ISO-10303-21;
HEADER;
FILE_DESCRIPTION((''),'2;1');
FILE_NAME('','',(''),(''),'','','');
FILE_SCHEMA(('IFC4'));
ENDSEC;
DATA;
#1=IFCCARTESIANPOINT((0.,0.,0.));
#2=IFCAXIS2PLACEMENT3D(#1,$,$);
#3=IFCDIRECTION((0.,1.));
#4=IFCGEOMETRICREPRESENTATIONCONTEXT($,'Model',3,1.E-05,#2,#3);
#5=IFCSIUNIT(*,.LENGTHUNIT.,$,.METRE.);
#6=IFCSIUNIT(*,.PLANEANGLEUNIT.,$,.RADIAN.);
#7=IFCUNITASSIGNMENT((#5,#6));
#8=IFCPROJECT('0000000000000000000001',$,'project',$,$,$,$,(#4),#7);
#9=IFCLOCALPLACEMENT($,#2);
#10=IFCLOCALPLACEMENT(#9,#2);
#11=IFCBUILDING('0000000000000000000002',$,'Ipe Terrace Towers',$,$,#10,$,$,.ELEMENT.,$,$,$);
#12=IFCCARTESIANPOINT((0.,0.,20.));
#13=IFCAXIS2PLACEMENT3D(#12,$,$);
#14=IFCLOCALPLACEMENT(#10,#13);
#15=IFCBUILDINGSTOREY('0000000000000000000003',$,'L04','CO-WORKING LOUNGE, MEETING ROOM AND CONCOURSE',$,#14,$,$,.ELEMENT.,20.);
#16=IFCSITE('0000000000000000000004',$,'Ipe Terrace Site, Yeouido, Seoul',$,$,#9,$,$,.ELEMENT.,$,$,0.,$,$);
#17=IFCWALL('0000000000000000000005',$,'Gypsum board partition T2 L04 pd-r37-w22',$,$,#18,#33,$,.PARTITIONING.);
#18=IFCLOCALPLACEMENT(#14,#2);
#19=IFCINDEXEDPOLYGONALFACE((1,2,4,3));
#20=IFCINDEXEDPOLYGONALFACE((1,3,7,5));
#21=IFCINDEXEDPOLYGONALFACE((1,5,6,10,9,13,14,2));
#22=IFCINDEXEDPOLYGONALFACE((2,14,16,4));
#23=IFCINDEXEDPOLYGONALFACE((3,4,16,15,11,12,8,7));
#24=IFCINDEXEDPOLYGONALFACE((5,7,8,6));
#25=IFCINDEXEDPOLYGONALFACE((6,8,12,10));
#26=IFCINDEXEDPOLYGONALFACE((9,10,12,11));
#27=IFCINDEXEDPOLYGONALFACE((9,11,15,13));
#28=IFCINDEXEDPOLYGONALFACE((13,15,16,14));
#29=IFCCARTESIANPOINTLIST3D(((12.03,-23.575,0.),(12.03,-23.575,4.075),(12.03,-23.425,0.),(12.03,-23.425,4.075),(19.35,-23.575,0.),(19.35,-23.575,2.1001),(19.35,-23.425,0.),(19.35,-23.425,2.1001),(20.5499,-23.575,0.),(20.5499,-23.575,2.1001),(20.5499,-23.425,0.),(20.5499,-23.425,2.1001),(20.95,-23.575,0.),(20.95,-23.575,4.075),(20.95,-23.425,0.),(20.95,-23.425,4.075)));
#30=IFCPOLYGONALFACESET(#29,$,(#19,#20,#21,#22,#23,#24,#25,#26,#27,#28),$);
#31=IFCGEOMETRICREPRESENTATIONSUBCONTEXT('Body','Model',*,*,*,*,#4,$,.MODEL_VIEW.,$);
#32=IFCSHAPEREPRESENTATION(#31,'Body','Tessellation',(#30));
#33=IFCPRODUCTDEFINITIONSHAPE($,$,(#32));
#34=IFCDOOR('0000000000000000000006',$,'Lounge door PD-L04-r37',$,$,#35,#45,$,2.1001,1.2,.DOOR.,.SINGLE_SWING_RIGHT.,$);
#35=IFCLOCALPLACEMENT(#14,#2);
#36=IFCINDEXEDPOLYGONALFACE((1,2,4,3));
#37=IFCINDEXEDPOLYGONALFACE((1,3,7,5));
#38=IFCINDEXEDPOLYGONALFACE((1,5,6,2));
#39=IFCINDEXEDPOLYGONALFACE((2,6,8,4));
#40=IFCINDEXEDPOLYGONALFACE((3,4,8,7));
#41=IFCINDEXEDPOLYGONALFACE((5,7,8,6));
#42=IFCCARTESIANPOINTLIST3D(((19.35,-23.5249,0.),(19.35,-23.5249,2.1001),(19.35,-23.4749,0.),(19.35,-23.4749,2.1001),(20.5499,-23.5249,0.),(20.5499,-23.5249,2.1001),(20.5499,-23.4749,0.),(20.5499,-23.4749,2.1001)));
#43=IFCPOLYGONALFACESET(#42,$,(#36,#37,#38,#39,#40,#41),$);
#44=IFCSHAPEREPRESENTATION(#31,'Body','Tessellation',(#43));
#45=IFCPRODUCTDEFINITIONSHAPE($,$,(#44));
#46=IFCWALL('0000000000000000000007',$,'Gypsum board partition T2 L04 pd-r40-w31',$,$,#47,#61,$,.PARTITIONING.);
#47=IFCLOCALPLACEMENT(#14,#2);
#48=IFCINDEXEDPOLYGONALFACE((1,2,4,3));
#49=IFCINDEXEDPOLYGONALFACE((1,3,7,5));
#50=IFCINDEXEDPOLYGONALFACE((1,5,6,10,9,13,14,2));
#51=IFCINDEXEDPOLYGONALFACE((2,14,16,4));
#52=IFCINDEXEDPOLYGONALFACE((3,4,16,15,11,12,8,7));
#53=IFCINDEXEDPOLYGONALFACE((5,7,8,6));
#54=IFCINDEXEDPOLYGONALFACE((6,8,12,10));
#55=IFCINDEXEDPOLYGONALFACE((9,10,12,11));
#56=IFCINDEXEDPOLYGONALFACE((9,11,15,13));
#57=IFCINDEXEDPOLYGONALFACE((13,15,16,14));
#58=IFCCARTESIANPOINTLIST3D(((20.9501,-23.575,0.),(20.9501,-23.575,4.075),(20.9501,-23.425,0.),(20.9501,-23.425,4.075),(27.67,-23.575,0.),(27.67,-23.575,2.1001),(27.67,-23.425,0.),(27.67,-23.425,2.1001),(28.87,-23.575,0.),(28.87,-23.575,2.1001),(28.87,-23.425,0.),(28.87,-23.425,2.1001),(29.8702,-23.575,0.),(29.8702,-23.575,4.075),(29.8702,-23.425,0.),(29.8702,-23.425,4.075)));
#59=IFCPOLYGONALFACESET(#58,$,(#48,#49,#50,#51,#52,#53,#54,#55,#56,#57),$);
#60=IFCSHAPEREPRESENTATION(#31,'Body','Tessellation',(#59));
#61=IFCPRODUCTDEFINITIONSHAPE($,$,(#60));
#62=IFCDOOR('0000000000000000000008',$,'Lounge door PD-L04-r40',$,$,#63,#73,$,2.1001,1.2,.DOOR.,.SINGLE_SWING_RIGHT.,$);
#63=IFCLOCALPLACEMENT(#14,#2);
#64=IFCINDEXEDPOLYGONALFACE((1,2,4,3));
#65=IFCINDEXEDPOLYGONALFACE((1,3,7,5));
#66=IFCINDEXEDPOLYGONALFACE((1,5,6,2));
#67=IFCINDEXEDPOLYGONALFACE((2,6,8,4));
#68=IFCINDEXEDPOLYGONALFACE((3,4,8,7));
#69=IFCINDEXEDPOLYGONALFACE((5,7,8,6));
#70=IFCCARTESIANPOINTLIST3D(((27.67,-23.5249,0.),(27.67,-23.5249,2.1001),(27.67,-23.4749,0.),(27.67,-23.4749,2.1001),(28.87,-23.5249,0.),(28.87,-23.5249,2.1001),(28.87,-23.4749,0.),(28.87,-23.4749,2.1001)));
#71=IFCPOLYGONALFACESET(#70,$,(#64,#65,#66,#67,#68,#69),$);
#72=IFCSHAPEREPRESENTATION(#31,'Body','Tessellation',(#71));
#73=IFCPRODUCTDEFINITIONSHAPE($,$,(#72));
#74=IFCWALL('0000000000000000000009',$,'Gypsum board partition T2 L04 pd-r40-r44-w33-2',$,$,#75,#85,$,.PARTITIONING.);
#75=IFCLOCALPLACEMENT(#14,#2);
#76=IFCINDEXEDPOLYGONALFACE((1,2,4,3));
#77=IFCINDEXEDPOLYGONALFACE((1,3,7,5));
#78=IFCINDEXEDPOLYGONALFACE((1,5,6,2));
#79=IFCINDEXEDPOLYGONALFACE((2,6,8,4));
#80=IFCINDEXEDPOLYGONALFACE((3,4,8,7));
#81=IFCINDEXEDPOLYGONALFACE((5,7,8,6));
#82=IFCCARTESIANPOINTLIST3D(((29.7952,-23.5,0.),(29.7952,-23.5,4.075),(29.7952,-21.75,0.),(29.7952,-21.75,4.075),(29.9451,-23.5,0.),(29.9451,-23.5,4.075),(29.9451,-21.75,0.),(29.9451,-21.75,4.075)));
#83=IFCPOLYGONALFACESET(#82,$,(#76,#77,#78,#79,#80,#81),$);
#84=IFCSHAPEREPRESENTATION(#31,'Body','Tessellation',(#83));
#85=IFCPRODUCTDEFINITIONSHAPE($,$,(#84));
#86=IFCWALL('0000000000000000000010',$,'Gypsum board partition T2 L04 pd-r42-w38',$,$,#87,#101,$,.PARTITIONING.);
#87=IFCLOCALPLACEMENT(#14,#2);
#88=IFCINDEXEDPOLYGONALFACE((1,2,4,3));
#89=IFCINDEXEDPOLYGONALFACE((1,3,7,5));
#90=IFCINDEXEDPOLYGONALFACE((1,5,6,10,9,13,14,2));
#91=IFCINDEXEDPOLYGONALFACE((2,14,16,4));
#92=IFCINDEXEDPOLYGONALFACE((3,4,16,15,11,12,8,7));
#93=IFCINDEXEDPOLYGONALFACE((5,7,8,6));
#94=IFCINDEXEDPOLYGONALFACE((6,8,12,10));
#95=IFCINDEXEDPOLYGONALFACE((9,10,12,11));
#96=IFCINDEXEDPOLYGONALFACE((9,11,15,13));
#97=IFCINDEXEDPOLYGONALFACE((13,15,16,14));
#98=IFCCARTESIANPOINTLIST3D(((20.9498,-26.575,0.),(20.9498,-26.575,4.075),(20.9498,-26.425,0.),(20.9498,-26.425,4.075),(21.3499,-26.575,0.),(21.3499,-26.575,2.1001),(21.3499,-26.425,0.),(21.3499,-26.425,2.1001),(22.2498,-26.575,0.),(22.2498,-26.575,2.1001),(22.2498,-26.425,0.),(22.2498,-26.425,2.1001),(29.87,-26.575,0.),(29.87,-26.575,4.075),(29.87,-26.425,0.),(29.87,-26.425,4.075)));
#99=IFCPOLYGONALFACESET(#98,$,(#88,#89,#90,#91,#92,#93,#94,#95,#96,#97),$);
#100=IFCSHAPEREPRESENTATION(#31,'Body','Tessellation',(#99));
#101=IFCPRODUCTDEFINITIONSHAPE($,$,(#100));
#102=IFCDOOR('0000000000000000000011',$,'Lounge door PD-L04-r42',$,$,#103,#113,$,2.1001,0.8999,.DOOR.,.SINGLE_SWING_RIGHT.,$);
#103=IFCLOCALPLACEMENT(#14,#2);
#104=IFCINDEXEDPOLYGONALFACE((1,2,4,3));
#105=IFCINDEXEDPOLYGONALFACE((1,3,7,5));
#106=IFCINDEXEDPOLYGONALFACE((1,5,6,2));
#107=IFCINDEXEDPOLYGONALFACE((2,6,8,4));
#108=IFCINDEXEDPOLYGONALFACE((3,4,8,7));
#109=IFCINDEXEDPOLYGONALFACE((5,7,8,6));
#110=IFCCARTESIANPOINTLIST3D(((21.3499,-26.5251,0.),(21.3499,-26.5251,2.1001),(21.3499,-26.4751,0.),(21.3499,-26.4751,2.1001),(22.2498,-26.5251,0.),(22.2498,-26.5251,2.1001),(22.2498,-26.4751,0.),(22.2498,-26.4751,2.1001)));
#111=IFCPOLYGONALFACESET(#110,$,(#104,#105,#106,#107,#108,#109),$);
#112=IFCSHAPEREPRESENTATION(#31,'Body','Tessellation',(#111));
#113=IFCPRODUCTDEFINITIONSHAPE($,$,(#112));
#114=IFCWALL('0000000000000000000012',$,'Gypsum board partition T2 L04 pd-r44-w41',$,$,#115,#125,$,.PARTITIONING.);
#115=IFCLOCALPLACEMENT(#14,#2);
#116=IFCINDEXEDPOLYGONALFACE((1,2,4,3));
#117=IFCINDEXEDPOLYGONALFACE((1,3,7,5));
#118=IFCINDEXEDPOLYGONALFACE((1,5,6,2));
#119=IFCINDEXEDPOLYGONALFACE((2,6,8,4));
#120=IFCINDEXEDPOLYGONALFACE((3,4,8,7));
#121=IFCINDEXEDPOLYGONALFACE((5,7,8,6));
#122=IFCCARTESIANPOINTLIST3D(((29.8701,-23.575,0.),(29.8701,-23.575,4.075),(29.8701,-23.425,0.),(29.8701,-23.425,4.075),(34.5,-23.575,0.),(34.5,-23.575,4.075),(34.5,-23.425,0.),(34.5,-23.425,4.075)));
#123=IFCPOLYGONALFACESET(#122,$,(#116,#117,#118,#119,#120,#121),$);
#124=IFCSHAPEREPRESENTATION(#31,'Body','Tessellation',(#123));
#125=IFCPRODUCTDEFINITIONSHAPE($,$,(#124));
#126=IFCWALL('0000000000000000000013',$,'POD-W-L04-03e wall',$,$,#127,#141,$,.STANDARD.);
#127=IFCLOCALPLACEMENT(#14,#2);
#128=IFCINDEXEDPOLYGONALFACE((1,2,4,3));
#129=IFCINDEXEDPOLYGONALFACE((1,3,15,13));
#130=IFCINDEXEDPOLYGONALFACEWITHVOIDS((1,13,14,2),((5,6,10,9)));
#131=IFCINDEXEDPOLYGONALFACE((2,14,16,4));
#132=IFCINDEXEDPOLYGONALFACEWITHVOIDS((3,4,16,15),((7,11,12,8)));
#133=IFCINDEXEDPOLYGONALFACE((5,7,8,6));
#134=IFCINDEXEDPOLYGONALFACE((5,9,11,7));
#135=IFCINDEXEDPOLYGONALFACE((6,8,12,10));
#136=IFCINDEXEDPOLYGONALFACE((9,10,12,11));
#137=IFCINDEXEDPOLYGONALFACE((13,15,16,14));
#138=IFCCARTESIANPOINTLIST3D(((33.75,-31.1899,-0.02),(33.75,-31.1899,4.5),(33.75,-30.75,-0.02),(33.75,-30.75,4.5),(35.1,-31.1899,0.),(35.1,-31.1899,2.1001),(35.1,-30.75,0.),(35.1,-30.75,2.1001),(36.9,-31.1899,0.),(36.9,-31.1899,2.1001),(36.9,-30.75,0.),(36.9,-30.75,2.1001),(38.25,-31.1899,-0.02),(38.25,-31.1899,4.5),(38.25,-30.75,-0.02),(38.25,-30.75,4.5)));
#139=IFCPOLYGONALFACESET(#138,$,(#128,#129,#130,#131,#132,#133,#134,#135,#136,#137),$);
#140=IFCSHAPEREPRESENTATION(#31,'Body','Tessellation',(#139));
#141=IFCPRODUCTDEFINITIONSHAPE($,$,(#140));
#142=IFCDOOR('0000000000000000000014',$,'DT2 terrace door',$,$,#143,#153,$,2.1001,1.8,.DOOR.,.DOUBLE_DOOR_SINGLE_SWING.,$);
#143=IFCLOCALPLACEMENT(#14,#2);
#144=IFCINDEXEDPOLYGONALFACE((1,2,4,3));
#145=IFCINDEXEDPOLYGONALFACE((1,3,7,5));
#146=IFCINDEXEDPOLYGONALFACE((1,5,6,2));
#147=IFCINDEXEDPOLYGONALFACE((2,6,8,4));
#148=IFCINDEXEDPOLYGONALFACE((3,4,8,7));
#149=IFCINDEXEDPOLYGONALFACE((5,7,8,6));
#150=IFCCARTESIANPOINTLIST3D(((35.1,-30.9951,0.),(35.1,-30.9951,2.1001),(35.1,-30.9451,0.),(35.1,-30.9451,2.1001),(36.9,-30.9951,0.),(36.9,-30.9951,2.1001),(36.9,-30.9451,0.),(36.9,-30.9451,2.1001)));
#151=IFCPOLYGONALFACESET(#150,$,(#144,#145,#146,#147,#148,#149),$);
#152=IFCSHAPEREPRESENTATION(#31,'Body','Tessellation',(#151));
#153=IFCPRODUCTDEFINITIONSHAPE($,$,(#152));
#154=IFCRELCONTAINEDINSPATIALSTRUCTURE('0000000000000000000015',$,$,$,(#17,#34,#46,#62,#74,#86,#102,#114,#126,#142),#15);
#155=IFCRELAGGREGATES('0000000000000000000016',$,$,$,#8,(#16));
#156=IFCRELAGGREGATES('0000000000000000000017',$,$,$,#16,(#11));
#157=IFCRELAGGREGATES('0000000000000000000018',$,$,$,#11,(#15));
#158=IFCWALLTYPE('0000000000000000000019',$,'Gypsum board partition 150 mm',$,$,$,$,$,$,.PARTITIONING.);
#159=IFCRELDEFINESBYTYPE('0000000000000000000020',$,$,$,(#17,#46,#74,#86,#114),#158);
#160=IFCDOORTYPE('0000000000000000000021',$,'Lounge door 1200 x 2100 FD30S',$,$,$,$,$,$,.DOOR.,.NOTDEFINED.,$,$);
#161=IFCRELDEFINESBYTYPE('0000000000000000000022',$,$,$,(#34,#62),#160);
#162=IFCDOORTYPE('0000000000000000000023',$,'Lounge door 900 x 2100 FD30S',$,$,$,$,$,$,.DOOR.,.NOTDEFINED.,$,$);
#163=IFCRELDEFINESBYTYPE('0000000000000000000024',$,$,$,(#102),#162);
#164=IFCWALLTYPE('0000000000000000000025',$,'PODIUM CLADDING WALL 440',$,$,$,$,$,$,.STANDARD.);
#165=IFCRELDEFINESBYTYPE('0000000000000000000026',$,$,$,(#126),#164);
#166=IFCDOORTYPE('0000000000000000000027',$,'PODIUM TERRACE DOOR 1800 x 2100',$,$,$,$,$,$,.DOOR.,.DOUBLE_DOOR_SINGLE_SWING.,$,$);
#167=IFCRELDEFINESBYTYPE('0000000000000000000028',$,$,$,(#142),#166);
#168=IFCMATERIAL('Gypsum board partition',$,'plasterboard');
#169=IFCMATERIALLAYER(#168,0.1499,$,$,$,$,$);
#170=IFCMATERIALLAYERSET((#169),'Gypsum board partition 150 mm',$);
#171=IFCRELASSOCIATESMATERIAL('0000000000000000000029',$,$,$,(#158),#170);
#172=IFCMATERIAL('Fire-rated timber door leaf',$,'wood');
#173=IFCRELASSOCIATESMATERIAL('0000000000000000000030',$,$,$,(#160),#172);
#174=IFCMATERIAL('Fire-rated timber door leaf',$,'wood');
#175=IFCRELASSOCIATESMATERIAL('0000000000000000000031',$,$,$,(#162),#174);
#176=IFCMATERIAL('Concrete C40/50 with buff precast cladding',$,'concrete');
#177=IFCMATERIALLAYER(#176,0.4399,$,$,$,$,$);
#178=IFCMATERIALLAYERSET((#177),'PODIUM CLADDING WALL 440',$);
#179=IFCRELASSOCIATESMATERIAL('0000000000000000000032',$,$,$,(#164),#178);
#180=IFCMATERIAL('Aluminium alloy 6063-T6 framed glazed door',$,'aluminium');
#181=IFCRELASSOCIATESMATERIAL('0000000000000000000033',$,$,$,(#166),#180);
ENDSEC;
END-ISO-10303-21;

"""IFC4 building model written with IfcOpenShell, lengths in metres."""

from ifc_helpers import new_model, si_unit, direction, frame, frame_2d, origin, place, context, subcontext, project, spatial, rectangle, extrude, material, layer, layer_set, type_object, element, fill, save


model = new_model("IFC4")

# Units and contexts
model_context = context("Model", 3, precision=1e-05, world=origin(), true_north=direction((0.0, 1.0)))
body_context = subcontext(model_context, "Body", "Model", "MODEL_VIEW")
ifc_project = project(units=[si_unit("LENGTHUNIT", "METRE"), si_unit("PLANEANGLEUNIT", "RADIAN")], contexts=[model_context])

# Site, building, storey
site_placement = place(None, origin())
site = spatial("IfcSite", under=ifc_project, at=site_placement, Name="Ipe Terrace Site, Yeouido, Seoul", CompositionType="ELEMENT", RefElevation=0.0)
building_placement = place(site_placement, origin())
building = spatial("IfcBuilding", under=site, at=building_placement, Name="Ipe Terrace Towers", CompositionType="ELEMENT")
storey_placement = place(building_placement, frame((0.0, 0.0, 20.0)))
storey = spatial("IfcBuildingStorey", under=building, at=storey_placement, Name="L04", Description="CO-WORKING LOUNGE, MEETING ROOM AND CONCOURSE", CompositionType="ELEMENT", Elevation=20.0)

# Shared definitions
ifc_material_1 = material(Name="Gypsum board partition", Category="plasterboard")
ifc_layer_1 = layer(ifc_material_1, 0.1499)
ifc_layer_set_1 = layer_set([ifc_layer_1], Name="Gypsum board partition 150 mm")
wall_type_1 = type_object("IfcWallType", Name="Gypsum board partition 150 mm", PredefinedType="PARTITIONING", material=ifc_layer_set_1)

# Walls, openings, doors
wall_1_placement = place(storey_placement, frame((20.95, -23.5, 0.0), z_axis=(0.0, 0.0, 1.0), x_axis=(-1.0, 0.0, 0.0)))
wall_1 = element("IfcWall", 1, at=wall_1_placement, inside=storey, type_object=wall_type_1, Name="Gypsum board partition T2 L04 pd-r37-w22", PredefinedType="PARTITIONING", context=body_context, shape_type="SweptSolid", body=[
    extrude(rectangle(XDim=8.9199, YDim=0.1499, at=frame_2d((4.46, 0.0))), origin(), (0.0, 0.0, 1.0), 4.075),
])
opening_1_placement = place(wall_1_placement, frame((0.3999, 0.0, 0.0)))
opening_1 = element("IfcOpeningElement", 2, at=opening_1_placement, cuts=wall_1, PredefinedType="OPENING", context=body_context, shape_type="SweptSolid", body=[
    extrude(rectangle(XDim=1.2, YDim=2.1001, at=frame_2d((0.6001, 1.05))), frame((0.0, 0.085, 0.0), z_axis=(0.0, -1.0, 0.0), x_axis=(1.0, 0.0, 0.0)), (0.0, 0.0, 1.0), 0.1699),
])
ifc_material_2 = material(Name="Fire-rated timber door leaf", Category="wood")
door_type_1 = type_object("IfcDoorType", Name="Lounge door 1200 x 2100 FD30S", OperationType="NOTDEFINED", PredefinedType="DOOR", material=ifc_material_2)
door_1_placement = place(opening_1_placement, origin())
door_1 = element("IfcDoor", 3, at=door_1_placement, inside=storey, type_object=door_type_1, Name="Lounge door PD-L04-r37", OperationType="SINGLE_SWING_RIGHT", OverallHeight=2.1001, OverallWidth=1.2, PredefinedType="DOOR", context=body_context, shape_type="SweptSolid", body=[
    extrude(rectangle(XDim=1.2, YDim=2.1001, at=frame_2d((0.6001, 1.05))), frame((0.0, 0.0249, 0.0), z_axis=(0.0, -1.0, 0.0), x_axis=(1.0, 0.0, 0.0)), (0.0, 0.0, 1.0), 0.05),
])
fill(opening_1, door_1)
wall_2_placement = place(storey_placement, frame((29.8701, -23.5, 0.0), z_axis=(0.0, 0.0, 1.0), x_axis=(-1.0, 0.0, 0.0)))
wall_2 = element("IfcWall", 4, at=wall_2_placement, inside=storey, type_object=wall_type_1, Name="Gypsum board partition T2 L04 pd-r40-w31", PredefinedType="PARTITIONING", context=body_context, shape_type="SweptSolid", body=[
    extrude(rectangle(XDim=8.9202, YDim=0.1499, at=frame_2d((4.46, 0.0))), origin(), (0.0, 0.0, 1.0), 4.075),
])
opening_2_placement = place(wall_2_placement, frame((1.0, 0.0, 0.0)))
opening_2 = element("IfcOpeningElement", 5, at=opening_2_placement, cuts=wall_2, PredefinedType="OPENING", context=body_context, shape_type="SweptSolid", body=[
    extrude(rectangle(XDim=1.2, YDim=2.1001, at=frame_2d((0.6001, 1.05))), frame((0.0, 0.085, 0.0), z_axis=(0.0, -1.0, 0.0), x_axis=(1.0, 0.0, 0.0)), (0.0, 0.0, 1.0), 0.1699),
])
door_2_placement = place(opening_2_placement, origin())
door_2 = element("IfcDoor", 6, at=door_2_placement, inside=storey, type_object=door_type_1, Name="Lounge door PD-L04-r40", OperationType="SINGLE_SWING_RIGHT", OverallHeight=2.1001, OverallWidth=1.2, PredefinedType="DOOR", context=body_context, shape_type="SweptSolid", body=[
    extrude(rectangle(XDim=1.2, YDim=2.1001, at=frame_2d((0.6001, 1.05))), frame((0.0, 0.0249, 0.0), z_axis=(0.0, -1.0, 0.0), x_axis=(1.0, 0.0, 0.0)), (0.0, 0.0, 1.0), 0.05),
])
fill(opening_2, door_2)

# Wall
wall_3_placement = place(storey_placement, frame((29.8701, -21.75, 0.0), z_axis=(0.0, 0.0, 1.0), x_axis=(0.0, -1.0, 0.0)))
element("IfcWall", 7, at=wall_3_placement, inside=storey, type_object=wall_type_1, Name="Gypsum board partition T2 L04 pd-r40-r44-w33-2", PredefinedType="PARTITIONING", context=body_context, shape_type="SweptSolid", body=[
    extrude(rectangle(XDim=1.75, YDim=0.1499, at=frame_2d((0.875, 0.0))), origin(), (0.0, 0.0, 1.0), 4.075),
])

# Wall, opening, door
wall_4_placement = place(storey_placement, frame((20.95, -26.5, 0.0), z_axis=(0.0, 0.0, 1.0), x_axis=(1.0, 0.0, 0.0)))
wall_4 = element("IfcWall", 8, at=wall_4_placement, inside=storey, type_object=wall_type_1, Name="Gypsum board partition T2 L04 pd-r42-w38", PredefinedType="PARTITIONING", context=body_context, shape_type="SweptSolid", body=[
    extrude(rectangle(XDim=8.9202, YDim=0.1499, at=frame_2d((4.46, 0.0))), origin(), (0.0, 0.0, 1.0), 4.075),
])
opening_3_placement = place(wall_4_placement, frame((0.3999, 0.0, 0.0)))
opening_3 = element("IfcOpeningElement", 9, at=opening_3_placement, cuts=wall_4, PredefinedType="OPENING", context=body_context, shape_type="SweptSolid", body=[
    extrude(rectangle(XDim=0.8999, YDim=2.1001, at=frame_2d((0.45, 1.05))), frame((0.0, 0.085, 0.0), z_axis=(0.0, -1.0, 0.0), x_axis=(1.0, 0.0, 0.0)), (0.0, 0.0, 1.0), 0.1699),
])
ifc_material_3 = material(Name="Fire-rated timber door leaf", Category="wood")
door_type_2 = type_object("IfcDoorType", Name="Lounge door 900 x 2100 FD30S", OperationType="NOTDEFINED", PredefinedType="DOOR", material=ifc_material_3)
door_3_placement = place(opening_3_placement, origin())
door_3 = element("IfcDoor", 10, at=door_3_placement, inside=storey, type_object=door_type_2, Name="Lounge door PD-L04-r42", OperationType="SINGLE_SWING_RIGHT", OverallHeight=2.1001, OverallWidth=0.8999, PredefinedType="DOOR", context=body_context, shape_type="SweptSolid", body=[
    extrude(rectangle(XDim=0.8999, YDim=2.1001, at=frame_2d((0.45, 1.05))), frame((0.0, 0.0249, 0.0), z_axis=(0.0, -1.0, 0.0), x_axis=(1.0, 0.0, 0.0)), (0.0, 0.0, 1.0), 0.05),
])
fill(opening_3, door_3)

# Wall
wall_5_placement = place(storey_placement, frame((34.5, -23.5, 0.0), z_axis=(0.0, 0.0, 1.0), x_axis=(-1.0, 0.0, 0.0)))
element("IfcWall", 11, at=wall_5_placement, inside=storey, type_object=wall_type_1, Name="Gypsum board partition T2 L04 pd-r44-w41", PredefinedType="PARTITIONING", context=body_context, shape_type="SweptSolid", body=[
    extrude(rectangle(XDim=4.6299, YDim=0.1499, at=frame_2d((2.3149, 0.0))), origin(), (0.0, 0.0, 1.0), 4.075),
])

# Wall, opening, door
ifc_material_4 = material(Name="Concrete C40/50 with buff precast cladding", Category="concrete")
ifc_layer_2 = layer(ifc_material_4, 0.4399)
ifc_layer_set_2 = layer_set([ifc_layer_2], Name="PODIUM CLADDING WALL 440")
wall_type_2 = type_object("IfcWallType", Name="PODIUM CLADDING WALL 440", PredefinedType="STANDARD", material=ifc_layer_set_2)
wall_6_placement = place(storey_placement, frame((33.75, -30.97, -0.02), z_axis=(0.0, 0.0, 1.0), x_axis=(1.0, 0.0, 0.0)))
wall_6 = element("IfcWall", 12, at=wall_6_placement, inside=storey, type_object=wall_type_2, Name="POD-W-L04-03e wall", PredefinedType="STANDARD", context=body_context, shape_type="SweptSolid", body=[
    extrude(rectangle(XDim=4.5, YDim=0.4399, at=frame_2d((2.25, 0.0))), origin(), (0.0, 0.0, 1.0), 4.52),
])
opening_4_placement = place(wall_6_placement, frame((1.3501, 0.0, 0.02)))
opening_4 = element("IfcOpeningElement", 13, at=opening_4_placement, cuts=wall_6, PredefinedType="OPENING", context=body_context, shape_type="SweptSolid", body=[
    extrude(rectangle(XDim=1.8, YDim=2.1001, at=frame_2d((0.8999, 1.05))), frame((0.0, 0.23, 0.0), z_axis=(0.0, -1.0, 0.0), x_axis=(1.0, 0.0, 0.0)), (0.0, 0.0, 1.0), 0.46),
])
ifc_material_5 = material(Name="Aluminium alloy 6063-T6 framed glazed door", Category="aluminium")
door_type_3 = type_object("IfcDoorType", Name="PODIUM TERRACE DOOR 1800 x 2100", OperationType="DOUBLE_DOOR_SINGLE_SWING", PredefinedType="DOOR", material=ifc_material_5)
door_4_placement = place(opening_4_placement, origin())
door_4 = element("IfcDoor", 14, at=door_4_placement, inside=storey, type_object=door_type_3, Name="DT2 terrace door", OperationType="DOUBLE_DOOR_SINGLE_SWING", OverallHeight=2.1001, OverallWidth=1.8, PredefinedType="DOOR", context=body_context, shape_type="SweptSolid", body=[
    extrude(rectangle(XDim=1.8, YDim=2.1001, at=frame_2d((0.8999, 1.05))), frame((0.0, 0.0249, 0.0), z_axis=(0.0, -1.0, 0.0), x_axis=(1.0, 0.0, 0.0)), (0.0, 0.0, 1.0), 0.05),
])
fill(opening_4, door_4)

save(model, "model.ifc")
